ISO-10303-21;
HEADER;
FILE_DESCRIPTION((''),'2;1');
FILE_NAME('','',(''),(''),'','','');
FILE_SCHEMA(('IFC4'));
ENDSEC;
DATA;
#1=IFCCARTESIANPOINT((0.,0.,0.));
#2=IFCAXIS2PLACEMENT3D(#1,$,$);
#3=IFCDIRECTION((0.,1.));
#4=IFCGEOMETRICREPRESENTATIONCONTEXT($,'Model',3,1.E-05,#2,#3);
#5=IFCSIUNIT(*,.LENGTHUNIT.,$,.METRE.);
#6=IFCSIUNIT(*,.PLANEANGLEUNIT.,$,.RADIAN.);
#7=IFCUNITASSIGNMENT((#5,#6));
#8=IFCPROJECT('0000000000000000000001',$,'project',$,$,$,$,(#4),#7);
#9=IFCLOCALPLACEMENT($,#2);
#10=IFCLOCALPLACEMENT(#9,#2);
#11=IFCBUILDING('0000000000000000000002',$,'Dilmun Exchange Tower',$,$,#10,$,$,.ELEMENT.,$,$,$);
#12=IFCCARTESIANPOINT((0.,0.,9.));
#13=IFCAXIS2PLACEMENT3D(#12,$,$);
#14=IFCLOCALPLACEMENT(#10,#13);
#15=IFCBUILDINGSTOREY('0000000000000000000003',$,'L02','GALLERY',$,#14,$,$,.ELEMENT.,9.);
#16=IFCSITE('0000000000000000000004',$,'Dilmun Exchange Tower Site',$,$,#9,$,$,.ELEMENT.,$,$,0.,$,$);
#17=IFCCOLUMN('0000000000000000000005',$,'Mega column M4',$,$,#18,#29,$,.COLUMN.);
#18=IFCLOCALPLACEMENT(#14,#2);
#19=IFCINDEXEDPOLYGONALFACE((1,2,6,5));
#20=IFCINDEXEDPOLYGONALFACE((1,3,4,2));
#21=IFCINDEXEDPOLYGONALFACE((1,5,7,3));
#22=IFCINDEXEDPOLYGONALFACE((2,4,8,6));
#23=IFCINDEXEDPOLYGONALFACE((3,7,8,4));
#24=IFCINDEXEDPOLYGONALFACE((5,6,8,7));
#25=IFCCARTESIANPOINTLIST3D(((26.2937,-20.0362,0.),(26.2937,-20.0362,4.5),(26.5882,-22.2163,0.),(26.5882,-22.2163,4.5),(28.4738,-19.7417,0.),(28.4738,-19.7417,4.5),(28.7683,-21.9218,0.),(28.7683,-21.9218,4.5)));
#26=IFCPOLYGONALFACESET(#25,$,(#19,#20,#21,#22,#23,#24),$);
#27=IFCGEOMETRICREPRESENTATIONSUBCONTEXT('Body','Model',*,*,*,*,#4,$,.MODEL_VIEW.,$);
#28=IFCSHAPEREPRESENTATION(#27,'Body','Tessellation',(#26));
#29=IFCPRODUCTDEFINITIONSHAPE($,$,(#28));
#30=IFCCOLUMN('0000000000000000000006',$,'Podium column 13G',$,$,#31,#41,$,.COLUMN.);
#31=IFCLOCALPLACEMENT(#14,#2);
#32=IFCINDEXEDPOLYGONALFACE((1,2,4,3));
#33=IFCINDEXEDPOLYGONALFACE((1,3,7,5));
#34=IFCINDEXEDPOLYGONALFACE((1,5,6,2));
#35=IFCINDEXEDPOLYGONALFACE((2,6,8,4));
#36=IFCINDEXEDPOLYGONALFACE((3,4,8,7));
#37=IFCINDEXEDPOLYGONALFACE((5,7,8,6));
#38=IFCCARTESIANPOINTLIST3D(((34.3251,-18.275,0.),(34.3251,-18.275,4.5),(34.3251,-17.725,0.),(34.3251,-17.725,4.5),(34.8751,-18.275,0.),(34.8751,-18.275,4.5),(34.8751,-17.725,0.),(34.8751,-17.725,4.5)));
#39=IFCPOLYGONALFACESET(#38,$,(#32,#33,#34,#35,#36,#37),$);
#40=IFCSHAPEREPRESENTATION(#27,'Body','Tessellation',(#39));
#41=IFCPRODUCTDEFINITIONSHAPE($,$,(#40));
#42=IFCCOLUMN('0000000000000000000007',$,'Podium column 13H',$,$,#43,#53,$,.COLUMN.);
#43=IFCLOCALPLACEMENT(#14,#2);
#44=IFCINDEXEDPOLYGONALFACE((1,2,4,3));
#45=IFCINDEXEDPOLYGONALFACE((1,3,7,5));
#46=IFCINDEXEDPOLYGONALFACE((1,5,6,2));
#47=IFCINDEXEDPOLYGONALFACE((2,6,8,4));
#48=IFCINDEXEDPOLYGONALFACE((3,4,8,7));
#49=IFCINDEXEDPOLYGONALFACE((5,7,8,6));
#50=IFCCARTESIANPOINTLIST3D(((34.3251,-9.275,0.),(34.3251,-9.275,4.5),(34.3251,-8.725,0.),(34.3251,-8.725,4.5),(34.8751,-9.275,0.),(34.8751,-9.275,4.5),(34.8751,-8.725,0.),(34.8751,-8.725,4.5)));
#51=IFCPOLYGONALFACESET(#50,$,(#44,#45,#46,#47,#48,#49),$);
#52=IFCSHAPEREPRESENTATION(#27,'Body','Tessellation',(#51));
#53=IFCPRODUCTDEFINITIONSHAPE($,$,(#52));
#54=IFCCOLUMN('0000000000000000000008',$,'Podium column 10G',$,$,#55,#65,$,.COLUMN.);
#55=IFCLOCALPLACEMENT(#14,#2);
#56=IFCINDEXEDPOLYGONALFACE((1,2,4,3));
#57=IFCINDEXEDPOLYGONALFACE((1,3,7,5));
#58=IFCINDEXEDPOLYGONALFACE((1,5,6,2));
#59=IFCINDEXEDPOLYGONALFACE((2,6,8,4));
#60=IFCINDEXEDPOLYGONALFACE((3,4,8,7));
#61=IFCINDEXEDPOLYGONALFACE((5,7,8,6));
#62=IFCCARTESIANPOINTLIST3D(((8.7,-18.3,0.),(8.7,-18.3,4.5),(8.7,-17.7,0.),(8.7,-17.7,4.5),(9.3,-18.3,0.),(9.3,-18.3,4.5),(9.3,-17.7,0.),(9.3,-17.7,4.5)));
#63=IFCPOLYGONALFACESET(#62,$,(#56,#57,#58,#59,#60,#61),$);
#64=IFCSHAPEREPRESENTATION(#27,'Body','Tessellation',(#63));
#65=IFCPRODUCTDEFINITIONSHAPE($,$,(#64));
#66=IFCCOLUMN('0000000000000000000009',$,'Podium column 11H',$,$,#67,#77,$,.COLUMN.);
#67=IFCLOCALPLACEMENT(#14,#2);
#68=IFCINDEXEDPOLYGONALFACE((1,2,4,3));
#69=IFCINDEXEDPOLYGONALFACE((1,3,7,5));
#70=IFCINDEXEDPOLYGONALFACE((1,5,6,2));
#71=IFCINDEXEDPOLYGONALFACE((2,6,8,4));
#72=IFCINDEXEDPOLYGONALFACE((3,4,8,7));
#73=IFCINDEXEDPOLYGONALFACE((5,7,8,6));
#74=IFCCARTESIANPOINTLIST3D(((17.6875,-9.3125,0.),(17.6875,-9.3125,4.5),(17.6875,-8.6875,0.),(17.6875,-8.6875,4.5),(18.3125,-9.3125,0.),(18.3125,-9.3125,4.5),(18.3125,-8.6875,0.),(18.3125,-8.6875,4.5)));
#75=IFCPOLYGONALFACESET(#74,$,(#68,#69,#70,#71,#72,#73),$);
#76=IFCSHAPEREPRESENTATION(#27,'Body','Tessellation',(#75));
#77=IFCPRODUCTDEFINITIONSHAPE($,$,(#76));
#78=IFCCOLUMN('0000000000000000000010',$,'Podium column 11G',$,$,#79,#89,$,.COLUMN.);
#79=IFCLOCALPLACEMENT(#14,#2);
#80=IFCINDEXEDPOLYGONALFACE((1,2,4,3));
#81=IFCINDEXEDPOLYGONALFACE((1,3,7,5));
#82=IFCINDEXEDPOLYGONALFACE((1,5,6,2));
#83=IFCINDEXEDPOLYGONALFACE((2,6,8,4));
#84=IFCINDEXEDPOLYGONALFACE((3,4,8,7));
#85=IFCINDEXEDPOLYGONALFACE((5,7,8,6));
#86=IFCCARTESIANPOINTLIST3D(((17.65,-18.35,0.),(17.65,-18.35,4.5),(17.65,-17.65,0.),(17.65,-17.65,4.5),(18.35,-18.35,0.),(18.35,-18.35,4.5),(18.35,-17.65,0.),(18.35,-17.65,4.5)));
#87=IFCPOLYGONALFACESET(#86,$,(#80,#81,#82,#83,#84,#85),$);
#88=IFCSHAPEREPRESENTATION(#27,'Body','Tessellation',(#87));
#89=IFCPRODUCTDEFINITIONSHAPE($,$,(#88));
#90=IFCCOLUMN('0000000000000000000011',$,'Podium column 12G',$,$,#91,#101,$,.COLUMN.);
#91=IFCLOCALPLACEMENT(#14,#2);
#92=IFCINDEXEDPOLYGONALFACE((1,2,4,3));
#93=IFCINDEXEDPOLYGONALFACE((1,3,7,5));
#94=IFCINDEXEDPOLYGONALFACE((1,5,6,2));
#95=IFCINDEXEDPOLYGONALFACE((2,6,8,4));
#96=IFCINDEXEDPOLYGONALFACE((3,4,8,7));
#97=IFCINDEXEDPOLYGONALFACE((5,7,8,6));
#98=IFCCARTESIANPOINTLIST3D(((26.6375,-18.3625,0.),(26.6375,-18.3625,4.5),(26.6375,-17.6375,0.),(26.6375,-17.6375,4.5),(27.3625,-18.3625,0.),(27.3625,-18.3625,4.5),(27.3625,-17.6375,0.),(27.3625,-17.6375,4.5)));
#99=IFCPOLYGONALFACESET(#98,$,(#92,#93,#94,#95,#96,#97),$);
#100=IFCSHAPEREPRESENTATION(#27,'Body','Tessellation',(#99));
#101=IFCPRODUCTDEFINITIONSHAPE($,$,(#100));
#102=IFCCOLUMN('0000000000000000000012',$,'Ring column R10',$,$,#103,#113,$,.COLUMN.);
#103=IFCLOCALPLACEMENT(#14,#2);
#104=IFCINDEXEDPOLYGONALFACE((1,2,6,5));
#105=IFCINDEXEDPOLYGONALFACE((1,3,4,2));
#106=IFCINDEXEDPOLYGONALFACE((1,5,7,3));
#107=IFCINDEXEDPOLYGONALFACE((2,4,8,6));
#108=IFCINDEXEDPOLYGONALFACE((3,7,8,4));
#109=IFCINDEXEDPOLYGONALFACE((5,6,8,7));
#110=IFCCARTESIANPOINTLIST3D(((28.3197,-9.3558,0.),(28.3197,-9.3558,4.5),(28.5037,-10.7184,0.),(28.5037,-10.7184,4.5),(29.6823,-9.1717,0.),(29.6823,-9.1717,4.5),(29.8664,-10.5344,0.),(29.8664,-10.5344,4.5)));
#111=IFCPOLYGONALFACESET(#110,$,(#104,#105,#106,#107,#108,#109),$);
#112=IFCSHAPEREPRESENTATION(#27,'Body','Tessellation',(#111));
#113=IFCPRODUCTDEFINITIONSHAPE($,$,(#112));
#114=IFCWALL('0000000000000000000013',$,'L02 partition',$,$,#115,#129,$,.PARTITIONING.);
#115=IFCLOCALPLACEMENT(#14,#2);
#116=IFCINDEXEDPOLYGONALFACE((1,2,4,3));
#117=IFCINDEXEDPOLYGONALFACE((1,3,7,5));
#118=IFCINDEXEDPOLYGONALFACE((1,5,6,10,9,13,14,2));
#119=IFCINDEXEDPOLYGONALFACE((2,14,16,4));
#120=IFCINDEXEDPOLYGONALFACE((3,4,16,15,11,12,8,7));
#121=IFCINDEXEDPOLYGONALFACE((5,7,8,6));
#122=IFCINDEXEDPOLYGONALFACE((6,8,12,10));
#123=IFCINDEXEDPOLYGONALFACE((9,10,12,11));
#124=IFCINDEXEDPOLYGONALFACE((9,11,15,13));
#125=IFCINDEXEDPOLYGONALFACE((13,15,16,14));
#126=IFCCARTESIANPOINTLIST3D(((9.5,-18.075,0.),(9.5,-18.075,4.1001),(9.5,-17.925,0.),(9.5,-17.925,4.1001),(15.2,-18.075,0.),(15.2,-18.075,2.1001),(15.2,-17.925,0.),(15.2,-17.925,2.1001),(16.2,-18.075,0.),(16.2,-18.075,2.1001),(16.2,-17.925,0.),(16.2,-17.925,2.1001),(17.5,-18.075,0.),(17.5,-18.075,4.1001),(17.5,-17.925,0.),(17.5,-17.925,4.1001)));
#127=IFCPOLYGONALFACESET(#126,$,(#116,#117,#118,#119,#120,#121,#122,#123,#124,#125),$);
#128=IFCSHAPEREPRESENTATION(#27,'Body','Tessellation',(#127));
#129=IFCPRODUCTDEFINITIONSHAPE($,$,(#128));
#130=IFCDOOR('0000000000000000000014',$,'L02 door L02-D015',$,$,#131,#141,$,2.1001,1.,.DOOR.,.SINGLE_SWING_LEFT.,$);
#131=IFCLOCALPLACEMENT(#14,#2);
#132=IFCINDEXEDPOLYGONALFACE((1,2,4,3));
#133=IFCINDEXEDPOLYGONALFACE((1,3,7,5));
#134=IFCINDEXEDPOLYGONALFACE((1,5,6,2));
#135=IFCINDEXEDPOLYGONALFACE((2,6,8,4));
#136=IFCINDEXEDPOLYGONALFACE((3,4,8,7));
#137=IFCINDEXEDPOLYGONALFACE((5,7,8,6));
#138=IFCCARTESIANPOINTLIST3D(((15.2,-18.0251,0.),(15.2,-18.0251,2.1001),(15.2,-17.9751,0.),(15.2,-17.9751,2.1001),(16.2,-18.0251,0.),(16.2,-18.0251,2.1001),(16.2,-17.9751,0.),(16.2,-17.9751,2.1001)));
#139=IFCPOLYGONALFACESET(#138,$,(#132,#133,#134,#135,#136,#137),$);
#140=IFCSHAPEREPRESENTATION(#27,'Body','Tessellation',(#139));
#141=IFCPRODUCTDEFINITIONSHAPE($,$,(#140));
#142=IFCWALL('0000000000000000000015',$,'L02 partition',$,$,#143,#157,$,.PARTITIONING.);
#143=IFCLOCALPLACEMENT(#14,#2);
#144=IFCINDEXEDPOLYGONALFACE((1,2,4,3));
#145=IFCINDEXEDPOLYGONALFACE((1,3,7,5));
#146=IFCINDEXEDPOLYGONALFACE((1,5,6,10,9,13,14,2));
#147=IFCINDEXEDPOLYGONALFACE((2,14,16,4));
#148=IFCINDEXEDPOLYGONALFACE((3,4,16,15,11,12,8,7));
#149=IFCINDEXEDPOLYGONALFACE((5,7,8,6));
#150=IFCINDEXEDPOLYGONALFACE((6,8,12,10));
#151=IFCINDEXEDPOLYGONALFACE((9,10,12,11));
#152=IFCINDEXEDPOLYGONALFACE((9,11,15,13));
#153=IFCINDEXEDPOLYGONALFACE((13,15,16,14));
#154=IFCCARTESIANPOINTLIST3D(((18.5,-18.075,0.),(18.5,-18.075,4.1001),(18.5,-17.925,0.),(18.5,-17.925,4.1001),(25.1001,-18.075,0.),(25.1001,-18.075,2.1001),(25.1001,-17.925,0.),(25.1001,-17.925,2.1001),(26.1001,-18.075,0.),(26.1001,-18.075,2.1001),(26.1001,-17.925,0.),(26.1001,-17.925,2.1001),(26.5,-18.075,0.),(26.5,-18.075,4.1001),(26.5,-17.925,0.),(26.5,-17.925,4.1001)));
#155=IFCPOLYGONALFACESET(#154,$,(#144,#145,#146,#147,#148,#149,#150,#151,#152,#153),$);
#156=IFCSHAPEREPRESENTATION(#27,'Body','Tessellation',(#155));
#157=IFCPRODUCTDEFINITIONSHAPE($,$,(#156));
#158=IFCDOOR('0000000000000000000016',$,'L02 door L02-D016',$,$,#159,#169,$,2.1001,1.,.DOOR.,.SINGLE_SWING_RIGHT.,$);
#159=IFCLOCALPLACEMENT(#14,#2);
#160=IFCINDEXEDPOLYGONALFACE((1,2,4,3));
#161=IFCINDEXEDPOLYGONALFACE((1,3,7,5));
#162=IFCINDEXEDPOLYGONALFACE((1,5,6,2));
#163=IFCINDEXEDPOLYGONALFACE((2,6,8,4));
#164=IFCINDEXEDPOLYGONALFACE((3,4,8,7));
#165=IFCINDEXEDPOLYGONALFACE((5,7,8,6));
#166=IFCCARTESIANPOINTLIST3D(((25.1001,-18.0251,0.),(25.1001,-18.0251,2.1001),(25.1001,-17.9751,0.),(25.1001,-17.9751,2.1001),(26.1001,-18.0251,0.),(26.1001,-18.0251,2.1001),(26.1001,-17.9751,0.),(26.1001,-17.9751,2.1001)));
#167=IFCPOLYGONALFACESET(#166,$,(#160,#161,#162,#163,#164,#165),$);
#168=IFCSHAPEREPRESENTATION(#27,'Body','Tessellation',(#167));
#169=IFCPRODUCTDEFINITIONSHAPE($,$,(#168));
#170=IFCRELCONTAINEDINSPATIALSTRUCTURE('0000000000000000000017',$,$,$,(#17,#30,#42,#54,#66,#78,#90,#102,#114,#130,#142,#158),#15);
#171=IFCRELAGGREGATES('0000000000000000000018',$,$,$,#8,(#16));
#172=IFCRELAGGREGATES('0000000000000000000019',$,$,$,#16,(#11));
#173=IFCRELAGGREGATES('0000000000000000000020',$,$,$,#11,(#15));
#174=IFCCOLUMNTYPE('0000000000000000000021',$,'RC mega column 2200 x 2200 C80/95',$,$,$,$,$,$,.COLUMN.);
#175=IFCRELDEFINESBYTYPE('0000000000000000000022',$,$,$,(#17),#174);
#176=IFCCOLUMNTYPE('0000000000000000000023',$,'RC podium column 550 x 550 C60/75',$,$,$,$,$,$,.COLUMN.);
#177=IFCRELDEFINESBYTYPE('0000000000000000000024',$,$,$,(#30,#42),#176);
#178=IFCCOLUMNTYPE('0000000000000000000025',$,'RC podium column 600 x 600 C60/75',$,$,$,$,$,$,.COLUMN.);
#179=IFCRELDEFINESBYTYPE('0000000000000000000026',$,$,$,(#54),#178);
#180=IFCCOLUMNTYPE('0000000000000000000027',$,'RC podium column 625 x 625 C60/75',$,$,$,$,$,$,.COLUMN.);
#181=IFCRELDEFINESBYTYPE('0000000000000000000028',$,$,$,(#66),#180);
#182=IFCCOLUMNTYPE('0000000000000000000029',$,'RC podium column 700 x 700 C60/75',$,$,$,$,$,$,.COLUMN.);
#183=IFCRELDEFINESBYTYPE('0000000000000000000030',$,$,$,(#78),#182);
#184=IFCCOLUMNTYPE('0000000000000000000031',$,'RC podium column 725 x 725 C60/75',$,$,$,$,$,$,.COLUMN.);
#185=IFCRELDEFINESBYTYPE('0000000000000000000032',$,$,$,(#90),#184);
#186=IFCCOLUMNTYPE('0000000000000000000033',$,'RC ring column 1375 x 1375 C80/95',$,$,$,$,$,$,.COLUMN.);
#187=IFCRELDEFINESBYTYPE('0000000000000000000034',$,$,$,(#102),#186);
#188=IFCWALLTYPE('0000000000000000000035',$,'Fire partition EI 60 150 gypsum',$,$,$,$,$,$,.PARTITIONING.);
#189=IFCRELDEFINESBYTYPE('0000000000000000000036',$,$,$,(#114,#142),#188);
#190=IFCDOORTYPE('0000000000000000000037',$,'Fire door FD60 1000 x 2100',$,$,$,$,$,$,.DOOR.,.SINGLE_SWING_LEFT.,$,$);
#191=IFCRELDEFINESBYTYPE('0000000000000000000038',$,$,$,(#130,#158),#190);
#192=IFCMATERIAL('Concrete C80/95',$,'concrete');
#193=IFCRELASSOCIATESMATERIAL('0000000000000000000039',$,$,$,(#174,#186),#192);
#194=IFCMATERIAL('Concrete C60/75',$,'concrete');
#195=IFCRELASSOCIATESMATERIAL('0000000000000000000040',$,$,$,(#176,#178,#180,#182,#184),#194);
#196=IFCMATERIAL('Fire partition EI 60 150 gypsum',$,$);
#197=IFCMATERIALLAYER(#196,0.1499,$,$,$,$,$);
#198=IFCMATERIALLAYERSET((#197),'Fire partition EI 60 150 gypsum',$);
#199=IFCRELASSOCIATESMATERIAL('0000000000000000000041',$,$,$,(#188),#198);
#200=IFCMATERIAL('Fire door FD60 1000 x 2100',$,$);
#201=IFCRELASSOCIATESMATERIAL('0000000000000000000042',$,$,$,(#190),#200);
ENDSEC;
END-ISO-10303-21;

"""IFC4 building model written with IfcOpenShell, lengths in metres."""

from ifc_helpers import new_model, si_unit, direction, frame, frame_2d, origin, origin_2d, place, context, subcontext, project, spatial, rectangle, extrude, material, layer, layer_set, material_profile, profile_set, type_object, element, fill, save


model = new_model("IFC4")

# Units and contexts
model_context = context("Model", 3, precision=1e-05, world=origin(), true_north=direction((0.0, 1.0)))
body_context = subcontext(model_context, "Body", "Model", "MODEL_VIEW")
ifc_project = project(units=[si_unit("LENGTHUNIT", "METRE"), si_unit("PLANEANGLEUNIT", "RADIAN")], contexts=[model_context])

# Site, building, storey
site_placement = place(None, origin())
site = spatial("IfcSite", under=ifc_project, at=site_placement, Name="Dilmun Exchange Tower Site", CompositionType="ELEMENT", RefElevation=0.0)
building_placement = place(site_placement, origin())
building = spatial("IfcBuilding", under=site, at=building_placement, Name="Dilmun Exchange Tower", CompositionType="ELEMENT")
storey_placement = place(building_placement, frame((0.0, 0.0, 9.0)))
storey = spatial("IfcBuildingStorey", under=building, at=storey_placement, Name="L02", Description="GALLERY", CompositionType="ELEMENT", Elevation=9.0)

# Columns
ifc_material_1 = material(Name="Concrete C80/95", Category="concrete")
ifc_material_profile_1 = material_profile(ifc_material_1, rectangle(XDim=2.2, YDim=2.2, at=origin_2d()), Name="2200 x 2200")
ifc_profile_set_1 = profile_set([ifc_material_profile_1], Name="Concrete C80/95")
column_type_1 = type_object("IfcColumnType", Name="RC mega column 2200 x 2200 C80/95", PredefinedType="COLUMN", material=ifc_profile_set_1)
column_1_placement = place(storey_placement, frame((27.531, -20.979, 0.0), z_axis=(0.0, 0.0, 1.0), x_axis=(0.991001, 0.133853, 0.0)))
element("IfcColumn", 1, at=column_1_placement, inside=storey, type_object=column_type_1, Name="Mega column M4", PredefinedType="COLUMN", context=body_context, shape_type="SweptSolid", body=[
    extrude(rectangle(XDim=2.2, YDim=2.2, at=origin_2d()), origin(), (0.0, 0.0, 1.0), 4.5),
])
ifc_material_2 = material(Name="Concrete C60/75", Category="concrete")
ifc_material_profile_2 = material_profile(ifc_material_2, rectangle(XDim=0.55, YDim=0.55, at=origin_2d()), Name="550 x 550")
ifc_profile_set_2 = profile_set([ifc_material_profile_2], Name="Concrete C60/75")
column_type_2 = type_object("IfcColumnType", Name="RC podium column 550 x 550 C60/75", PredefinedType="COLUMN", material=ifc_profile_set_2)
for number, where, z_axis, x_axis, name in (
    (2, (34.6001, -18.0, 0.0), (0.0, 0.0, 1.0), (1.0, 0.0, 0.0), "Podium column 13G"),
    (3, (34.6001, -9.0, 0.0), (0.0, 0.0, 1.0), (1.0, 0.0, 0.0), "Podium column 13H"),
):
    element("IfcColumn", number, at=place(storey_placement, frame(where, z_axis=z_axis, x_axis=x_axis)), inside=storey, type_object=column_type_2, Name=name, PredefinedType="COLUMN", context=body_context, shape_type="SweptSolid", body=[
        extrude(rectangle(XDim=0.55, YDim=0.55, at=origin_2d()), origin(), (0.0, 0.0, 1.0), 4.5),
    ])
ifc_material_profile_3 = material_profile(ifc_material_2, rectangle(XDim=0.6001, YDim=0.6001, at=origin_2d()), Name="600 x 600")
ifc_profile_set_3 = profile_set([ifc_material_profile_3], Name="Concrete C60/75")
column_type_3 = type_object("IfcColumnType", Name="RC podium column 600 x 600 C60/75", PredefinedType="COLUMN", material=ifc_profile_set_3)
column_2_placement = place(storey_placement, frame((9.0, -18.0, 0.0), z_axis=(0.0, 0.0, 1.0), x_axis=(1.0, 0.0, 0.0)))
element("IfcColumn", 4, at=column_2_placement, inside=storey, type_object=column_type_3, Name="Podium column 10G", PredefinedType="COLUMN", context=body_context, shape_type="SweptSolid", body=[
    extrude(rectangle(XDim=0.6001, YDim=0.6001, at=origin_2d()), origin(), (0.0, 0.0, 1.0), 4.5),
])
ifc_material_profile_4 = material_profile(ifc_material_2, rectangle(XDim=0.625, YDim=0.625, at=origin_2d()), Name="625 x 625")
ifc_profile_set_4 = profile_set([ifc_material_profile_4], Name="Concrete C60/75")
column_type_4 = type_object("IfcColumnType", Name="RC podium column 625 x 625 C60/75", PredefinedType="COLUMN", material=ifc_profile_set_4)
column_3_placement = place(storey_placement, frame((18.0, -9.0, 0.0), z_axis=(0.0, 0.0, 1.0), x_axis=(1.0, 0.0, 0.0)))
element("IfcColumn", 5, at=column_3_placement, inside=storey, type_object=column_type_4, Name="Podium column 11H", PredefinedType="COLUMN", context=body_context, shape_type="SweptSolid", body=[
    extrude(rectangle(XDim=0.625, YDim=0.625, at=origin_2d()), origin(), (0.0, 0.0, 1.0), 4.5),
])
ifc_material_profile_5 = material_profile(ifc_material_2, rectangle(XDim=0.7, YDim=0.7, at=origin_2d()), Name="700 x 700")
ifc_profile_set_5 = profile_set([ifc_material_profile_5], Name="Concrete C60/75")
column_type_5 = type_object("IfcColumnType", Name="RC podium column 700 x 700 C60/75", PredefinedType="COLUMN", material=ifc_profile_set_5)
column_4_placement = place(storey_placement, frame((18.0, -18.0, 0.0), z_axis=(0.0, 0.0, 1.0), x_axis=(1.0, 0.0, 0.0)))
element("IfcColumn", 6, at=column_4_placement, inside=storey, type_object=column_type_5, Name="Podium column 11G", PredefinedType="COLUMN", context=body_context, shape_type="SweptSolid", body=[
    extrude(rectangle(XDim=0.7, YDim=0.7, at=origin_2d()), origin(), (0.0, 0.0, 1.0), 4.5),
])
ifc_material_profile_6 = material_profile(ifc_material_2, rectangle(XDim=0.7251, YDim=0.7251, at=origin_2d()), Name="725 x 725")
ifc_profile_set_6 = profile_set([ifc_material_profile_6], Name="Concrete C60/75")
column_type_6 = type_object("IfcColumnType", Name="RC podium column 725 x 725 C60/75", PredefinedType="COLUMN", material=ifc_profile_set_6)
column_5_placement = place(storey_placement, frame((27.0, -18.0, 0.0), z_axis=(0.0, 0.0, 1.0), x_axis=(1.0, 0.0, 0.0)))
element("IfcColumn", 7, at=column_5_placement, inside=storey, type_object=column_type_6, Name="Podium column 12G", PredefinedType="COLUMN", context=body_context, shape_type="SweptSolid", body=[
    extrude(rectangle(XDim=0.7251, YDim=0.7251, at=origin_2d()), origin(), (0.0, 0.0, 1.0), 4.5),
])
ifc_material_profile_7 = material_profile(ifc_material_1, rectangle(XDim=1.375, YDim=1.375, at=origin_2d()), Name="1375 x 1375")
ifc_profile_set_7 = profile_set([ifc_material_profile_7], Name="Concrete C80/95")
column_type_7 = type_object("IfcColumnType", Name="RC ring column 1375 x 1375 C80/95", PredefinedType="COLUMN", material=ifc_profile_set_7)
column_6_placement = place(storey_placement, frame((29.093, -9.9451, 0.0), z_axis=(0.0, 0.0, 1.0), x_axis=(0.991001, 0.133853, 0.0)))
element("IfcColumn", 8, at=column_6_placement, inside=storey, type_object=column_type_7, Name="Ring column R10", PredefinedType="COLUMN", context=body_context, shape_type="SweptSolid", body=[
    extrude(rectangle(XDim=1.375, YDim=1.375, at=origin_2d()), origin(), (0.0, 0.0, 1.0), 4.5),
])

# Walls, openings, doors
ifc_material_3 = material(Name="Fire partition EI 60 150 gypsum")
ifc_layer_1 = layer(ifc_material_3, 0.1499)
ifc_layer_set_1 = layer_set([ifc_layer_1], Name="Fire partition EI 60 150 gypsum")
wall_type_1 = type_object("IfcWallType", Name="Fire partition EI 60 150 gypsum", PredefinedType="PARTITIONING", material=ifc_layer_set_1)
wall_1_placement = place(storey_placement, frame((9.5, -18.0, 0.0), z_axis=(0.0, 0.0, 1.0), x_axis=(1.0, 0.0, 0.0)))
wall_1 = element("IfcWall", 9, at=wall_1_placement, inside=storey, type_object=wall_type_1, Name="L02 partition", PredefinedType="PARTITIONING", context=body_context, shape_type="SweptSolid", body=[
    extrude(rectangle(XDim=8.0, YDim=0.1499, at=frame_2d((4.0, 0.0))), origin(), (0.0, 0.0, 1.0), 4.1001),
])
opening_1_placement = place(wall_1_placement, frame((5.7, 0.0, 0.0)))
opening_1 = element("IfcOpeningElement", 10, at=opening_1_placement, cuts=wall_1, PredefinedType="OPENING", context=body_context, shape_type="SweptSolid", body=[
    extrude(rectangle(XDim=1.0, YDim=2.1001, at=frame_2d((0.5, 1.05))), frame((0.0, 0.085, 0.0), z_axis=(0.0, -1.0, 0.0), x_axis=(1.0, 0.0, 0.0)), (0.0, 0.0, 1.0), 0.1699),
])
ifc_material_4 = material(Name="Fire door FD60 1000 x 2100")
door_type_1 = type_object("IfcDoorType", Name="Fire door FD60 1000 x 2100", OperationType="SINGLE_SWING_LEFT", PredefinedType="DOOR", material=ifc_material_4)
door_1_placement = place(opening_1_placement, origin())
door_1 = element("IfcDoor", 11, at=door_1_placement, inside=storey, type_object=door_type_1, Name="L02 door L02-D015", OperationType="SINGLE_SWING_LEFT", OverallHeight=2.1001, OverallWidth=1.0, PredefinedType="DOOR", context=body_context, shape_type="SweptSolid", body=[
    extrude(rectangle(XDim=1.0, YDim=2.1001, at=frame_2d((0.5, 1.05))), frame((0.0, 0.0249, 0.0), z_axis=(0.0, -1.0, 0.0), x_axis=(1.0, 0.0, 0.0)), (0.0, 0.0, 1.0), 0.05),
])
fill(opening_1, door_1)
wall_2_placement = place(storey_placement, frame((18.5, -18.0, 0.0), z_axis=(0.0, 0.0, 1.0), x_axis=(1.0, 0.0, 0.0)))
wall_2 = element("IfcWall", 12, at=wall_2_placement, inside=storey, type_object=wall_type_1, Name="L02 partition", PredefinedType="PARTITIONING", context=body_context, shape_type="SweptSolid", body=[
    extrude(rectangle(XDim=8.0, YDim=0.1499, at=frame_2d((4.0, 0.0))), origin(), (0.0, 0.0, 1.0), 4.1001),
])
opening_2_placement = place(wall_2_placement, frame((6.6001, 0.0, 0.0)))
opening_2 = element("IfcOpeningElement", 13, at=opening_2_placement, cuts=wall_2, PredefinedType="OPENING", context=body_context, shape_type="SweptSolid", body=[
    extrude(rectangle(XDim=1.0, YDim=2.1001, at=frame_2d((0.5, 1.05))), frame((0.0, 0.085, 0.0), z_axis=(0.0, -1.0, 0.0), x_axis=(1.0, 0.0, 0.0)), (0.0, 0.0, 1.0), 0.1699),
])
door_2_placement = place(opening_2_placement, origin())
door_2 = element("IfcDoor", 14, at=door_2_placement, inside=storey, type_object=door_type_1, Name="L02 door L02-D016", OperationType="SINGLE_SWING_RIGHT", OverallHeight=2.1001, OverallWidth=1.0, PredefinedType="DOOR", context=body_context, shape_type="SweptSolid", body=[
    extrude(rectangle(XDim=1.0, YDim=2.1001, at=frame_2d((0.5, 1.05))), frame((0.0, 0.0249, 0.0), z_axis=(0.0, -1.0, 0.0), x_axis=(1.0, 0.0, 0.0)), (0.0, 0.0, 1.0), 0.05),
])
fill(opening_2, door_2)

save(model, "model.ifc")
